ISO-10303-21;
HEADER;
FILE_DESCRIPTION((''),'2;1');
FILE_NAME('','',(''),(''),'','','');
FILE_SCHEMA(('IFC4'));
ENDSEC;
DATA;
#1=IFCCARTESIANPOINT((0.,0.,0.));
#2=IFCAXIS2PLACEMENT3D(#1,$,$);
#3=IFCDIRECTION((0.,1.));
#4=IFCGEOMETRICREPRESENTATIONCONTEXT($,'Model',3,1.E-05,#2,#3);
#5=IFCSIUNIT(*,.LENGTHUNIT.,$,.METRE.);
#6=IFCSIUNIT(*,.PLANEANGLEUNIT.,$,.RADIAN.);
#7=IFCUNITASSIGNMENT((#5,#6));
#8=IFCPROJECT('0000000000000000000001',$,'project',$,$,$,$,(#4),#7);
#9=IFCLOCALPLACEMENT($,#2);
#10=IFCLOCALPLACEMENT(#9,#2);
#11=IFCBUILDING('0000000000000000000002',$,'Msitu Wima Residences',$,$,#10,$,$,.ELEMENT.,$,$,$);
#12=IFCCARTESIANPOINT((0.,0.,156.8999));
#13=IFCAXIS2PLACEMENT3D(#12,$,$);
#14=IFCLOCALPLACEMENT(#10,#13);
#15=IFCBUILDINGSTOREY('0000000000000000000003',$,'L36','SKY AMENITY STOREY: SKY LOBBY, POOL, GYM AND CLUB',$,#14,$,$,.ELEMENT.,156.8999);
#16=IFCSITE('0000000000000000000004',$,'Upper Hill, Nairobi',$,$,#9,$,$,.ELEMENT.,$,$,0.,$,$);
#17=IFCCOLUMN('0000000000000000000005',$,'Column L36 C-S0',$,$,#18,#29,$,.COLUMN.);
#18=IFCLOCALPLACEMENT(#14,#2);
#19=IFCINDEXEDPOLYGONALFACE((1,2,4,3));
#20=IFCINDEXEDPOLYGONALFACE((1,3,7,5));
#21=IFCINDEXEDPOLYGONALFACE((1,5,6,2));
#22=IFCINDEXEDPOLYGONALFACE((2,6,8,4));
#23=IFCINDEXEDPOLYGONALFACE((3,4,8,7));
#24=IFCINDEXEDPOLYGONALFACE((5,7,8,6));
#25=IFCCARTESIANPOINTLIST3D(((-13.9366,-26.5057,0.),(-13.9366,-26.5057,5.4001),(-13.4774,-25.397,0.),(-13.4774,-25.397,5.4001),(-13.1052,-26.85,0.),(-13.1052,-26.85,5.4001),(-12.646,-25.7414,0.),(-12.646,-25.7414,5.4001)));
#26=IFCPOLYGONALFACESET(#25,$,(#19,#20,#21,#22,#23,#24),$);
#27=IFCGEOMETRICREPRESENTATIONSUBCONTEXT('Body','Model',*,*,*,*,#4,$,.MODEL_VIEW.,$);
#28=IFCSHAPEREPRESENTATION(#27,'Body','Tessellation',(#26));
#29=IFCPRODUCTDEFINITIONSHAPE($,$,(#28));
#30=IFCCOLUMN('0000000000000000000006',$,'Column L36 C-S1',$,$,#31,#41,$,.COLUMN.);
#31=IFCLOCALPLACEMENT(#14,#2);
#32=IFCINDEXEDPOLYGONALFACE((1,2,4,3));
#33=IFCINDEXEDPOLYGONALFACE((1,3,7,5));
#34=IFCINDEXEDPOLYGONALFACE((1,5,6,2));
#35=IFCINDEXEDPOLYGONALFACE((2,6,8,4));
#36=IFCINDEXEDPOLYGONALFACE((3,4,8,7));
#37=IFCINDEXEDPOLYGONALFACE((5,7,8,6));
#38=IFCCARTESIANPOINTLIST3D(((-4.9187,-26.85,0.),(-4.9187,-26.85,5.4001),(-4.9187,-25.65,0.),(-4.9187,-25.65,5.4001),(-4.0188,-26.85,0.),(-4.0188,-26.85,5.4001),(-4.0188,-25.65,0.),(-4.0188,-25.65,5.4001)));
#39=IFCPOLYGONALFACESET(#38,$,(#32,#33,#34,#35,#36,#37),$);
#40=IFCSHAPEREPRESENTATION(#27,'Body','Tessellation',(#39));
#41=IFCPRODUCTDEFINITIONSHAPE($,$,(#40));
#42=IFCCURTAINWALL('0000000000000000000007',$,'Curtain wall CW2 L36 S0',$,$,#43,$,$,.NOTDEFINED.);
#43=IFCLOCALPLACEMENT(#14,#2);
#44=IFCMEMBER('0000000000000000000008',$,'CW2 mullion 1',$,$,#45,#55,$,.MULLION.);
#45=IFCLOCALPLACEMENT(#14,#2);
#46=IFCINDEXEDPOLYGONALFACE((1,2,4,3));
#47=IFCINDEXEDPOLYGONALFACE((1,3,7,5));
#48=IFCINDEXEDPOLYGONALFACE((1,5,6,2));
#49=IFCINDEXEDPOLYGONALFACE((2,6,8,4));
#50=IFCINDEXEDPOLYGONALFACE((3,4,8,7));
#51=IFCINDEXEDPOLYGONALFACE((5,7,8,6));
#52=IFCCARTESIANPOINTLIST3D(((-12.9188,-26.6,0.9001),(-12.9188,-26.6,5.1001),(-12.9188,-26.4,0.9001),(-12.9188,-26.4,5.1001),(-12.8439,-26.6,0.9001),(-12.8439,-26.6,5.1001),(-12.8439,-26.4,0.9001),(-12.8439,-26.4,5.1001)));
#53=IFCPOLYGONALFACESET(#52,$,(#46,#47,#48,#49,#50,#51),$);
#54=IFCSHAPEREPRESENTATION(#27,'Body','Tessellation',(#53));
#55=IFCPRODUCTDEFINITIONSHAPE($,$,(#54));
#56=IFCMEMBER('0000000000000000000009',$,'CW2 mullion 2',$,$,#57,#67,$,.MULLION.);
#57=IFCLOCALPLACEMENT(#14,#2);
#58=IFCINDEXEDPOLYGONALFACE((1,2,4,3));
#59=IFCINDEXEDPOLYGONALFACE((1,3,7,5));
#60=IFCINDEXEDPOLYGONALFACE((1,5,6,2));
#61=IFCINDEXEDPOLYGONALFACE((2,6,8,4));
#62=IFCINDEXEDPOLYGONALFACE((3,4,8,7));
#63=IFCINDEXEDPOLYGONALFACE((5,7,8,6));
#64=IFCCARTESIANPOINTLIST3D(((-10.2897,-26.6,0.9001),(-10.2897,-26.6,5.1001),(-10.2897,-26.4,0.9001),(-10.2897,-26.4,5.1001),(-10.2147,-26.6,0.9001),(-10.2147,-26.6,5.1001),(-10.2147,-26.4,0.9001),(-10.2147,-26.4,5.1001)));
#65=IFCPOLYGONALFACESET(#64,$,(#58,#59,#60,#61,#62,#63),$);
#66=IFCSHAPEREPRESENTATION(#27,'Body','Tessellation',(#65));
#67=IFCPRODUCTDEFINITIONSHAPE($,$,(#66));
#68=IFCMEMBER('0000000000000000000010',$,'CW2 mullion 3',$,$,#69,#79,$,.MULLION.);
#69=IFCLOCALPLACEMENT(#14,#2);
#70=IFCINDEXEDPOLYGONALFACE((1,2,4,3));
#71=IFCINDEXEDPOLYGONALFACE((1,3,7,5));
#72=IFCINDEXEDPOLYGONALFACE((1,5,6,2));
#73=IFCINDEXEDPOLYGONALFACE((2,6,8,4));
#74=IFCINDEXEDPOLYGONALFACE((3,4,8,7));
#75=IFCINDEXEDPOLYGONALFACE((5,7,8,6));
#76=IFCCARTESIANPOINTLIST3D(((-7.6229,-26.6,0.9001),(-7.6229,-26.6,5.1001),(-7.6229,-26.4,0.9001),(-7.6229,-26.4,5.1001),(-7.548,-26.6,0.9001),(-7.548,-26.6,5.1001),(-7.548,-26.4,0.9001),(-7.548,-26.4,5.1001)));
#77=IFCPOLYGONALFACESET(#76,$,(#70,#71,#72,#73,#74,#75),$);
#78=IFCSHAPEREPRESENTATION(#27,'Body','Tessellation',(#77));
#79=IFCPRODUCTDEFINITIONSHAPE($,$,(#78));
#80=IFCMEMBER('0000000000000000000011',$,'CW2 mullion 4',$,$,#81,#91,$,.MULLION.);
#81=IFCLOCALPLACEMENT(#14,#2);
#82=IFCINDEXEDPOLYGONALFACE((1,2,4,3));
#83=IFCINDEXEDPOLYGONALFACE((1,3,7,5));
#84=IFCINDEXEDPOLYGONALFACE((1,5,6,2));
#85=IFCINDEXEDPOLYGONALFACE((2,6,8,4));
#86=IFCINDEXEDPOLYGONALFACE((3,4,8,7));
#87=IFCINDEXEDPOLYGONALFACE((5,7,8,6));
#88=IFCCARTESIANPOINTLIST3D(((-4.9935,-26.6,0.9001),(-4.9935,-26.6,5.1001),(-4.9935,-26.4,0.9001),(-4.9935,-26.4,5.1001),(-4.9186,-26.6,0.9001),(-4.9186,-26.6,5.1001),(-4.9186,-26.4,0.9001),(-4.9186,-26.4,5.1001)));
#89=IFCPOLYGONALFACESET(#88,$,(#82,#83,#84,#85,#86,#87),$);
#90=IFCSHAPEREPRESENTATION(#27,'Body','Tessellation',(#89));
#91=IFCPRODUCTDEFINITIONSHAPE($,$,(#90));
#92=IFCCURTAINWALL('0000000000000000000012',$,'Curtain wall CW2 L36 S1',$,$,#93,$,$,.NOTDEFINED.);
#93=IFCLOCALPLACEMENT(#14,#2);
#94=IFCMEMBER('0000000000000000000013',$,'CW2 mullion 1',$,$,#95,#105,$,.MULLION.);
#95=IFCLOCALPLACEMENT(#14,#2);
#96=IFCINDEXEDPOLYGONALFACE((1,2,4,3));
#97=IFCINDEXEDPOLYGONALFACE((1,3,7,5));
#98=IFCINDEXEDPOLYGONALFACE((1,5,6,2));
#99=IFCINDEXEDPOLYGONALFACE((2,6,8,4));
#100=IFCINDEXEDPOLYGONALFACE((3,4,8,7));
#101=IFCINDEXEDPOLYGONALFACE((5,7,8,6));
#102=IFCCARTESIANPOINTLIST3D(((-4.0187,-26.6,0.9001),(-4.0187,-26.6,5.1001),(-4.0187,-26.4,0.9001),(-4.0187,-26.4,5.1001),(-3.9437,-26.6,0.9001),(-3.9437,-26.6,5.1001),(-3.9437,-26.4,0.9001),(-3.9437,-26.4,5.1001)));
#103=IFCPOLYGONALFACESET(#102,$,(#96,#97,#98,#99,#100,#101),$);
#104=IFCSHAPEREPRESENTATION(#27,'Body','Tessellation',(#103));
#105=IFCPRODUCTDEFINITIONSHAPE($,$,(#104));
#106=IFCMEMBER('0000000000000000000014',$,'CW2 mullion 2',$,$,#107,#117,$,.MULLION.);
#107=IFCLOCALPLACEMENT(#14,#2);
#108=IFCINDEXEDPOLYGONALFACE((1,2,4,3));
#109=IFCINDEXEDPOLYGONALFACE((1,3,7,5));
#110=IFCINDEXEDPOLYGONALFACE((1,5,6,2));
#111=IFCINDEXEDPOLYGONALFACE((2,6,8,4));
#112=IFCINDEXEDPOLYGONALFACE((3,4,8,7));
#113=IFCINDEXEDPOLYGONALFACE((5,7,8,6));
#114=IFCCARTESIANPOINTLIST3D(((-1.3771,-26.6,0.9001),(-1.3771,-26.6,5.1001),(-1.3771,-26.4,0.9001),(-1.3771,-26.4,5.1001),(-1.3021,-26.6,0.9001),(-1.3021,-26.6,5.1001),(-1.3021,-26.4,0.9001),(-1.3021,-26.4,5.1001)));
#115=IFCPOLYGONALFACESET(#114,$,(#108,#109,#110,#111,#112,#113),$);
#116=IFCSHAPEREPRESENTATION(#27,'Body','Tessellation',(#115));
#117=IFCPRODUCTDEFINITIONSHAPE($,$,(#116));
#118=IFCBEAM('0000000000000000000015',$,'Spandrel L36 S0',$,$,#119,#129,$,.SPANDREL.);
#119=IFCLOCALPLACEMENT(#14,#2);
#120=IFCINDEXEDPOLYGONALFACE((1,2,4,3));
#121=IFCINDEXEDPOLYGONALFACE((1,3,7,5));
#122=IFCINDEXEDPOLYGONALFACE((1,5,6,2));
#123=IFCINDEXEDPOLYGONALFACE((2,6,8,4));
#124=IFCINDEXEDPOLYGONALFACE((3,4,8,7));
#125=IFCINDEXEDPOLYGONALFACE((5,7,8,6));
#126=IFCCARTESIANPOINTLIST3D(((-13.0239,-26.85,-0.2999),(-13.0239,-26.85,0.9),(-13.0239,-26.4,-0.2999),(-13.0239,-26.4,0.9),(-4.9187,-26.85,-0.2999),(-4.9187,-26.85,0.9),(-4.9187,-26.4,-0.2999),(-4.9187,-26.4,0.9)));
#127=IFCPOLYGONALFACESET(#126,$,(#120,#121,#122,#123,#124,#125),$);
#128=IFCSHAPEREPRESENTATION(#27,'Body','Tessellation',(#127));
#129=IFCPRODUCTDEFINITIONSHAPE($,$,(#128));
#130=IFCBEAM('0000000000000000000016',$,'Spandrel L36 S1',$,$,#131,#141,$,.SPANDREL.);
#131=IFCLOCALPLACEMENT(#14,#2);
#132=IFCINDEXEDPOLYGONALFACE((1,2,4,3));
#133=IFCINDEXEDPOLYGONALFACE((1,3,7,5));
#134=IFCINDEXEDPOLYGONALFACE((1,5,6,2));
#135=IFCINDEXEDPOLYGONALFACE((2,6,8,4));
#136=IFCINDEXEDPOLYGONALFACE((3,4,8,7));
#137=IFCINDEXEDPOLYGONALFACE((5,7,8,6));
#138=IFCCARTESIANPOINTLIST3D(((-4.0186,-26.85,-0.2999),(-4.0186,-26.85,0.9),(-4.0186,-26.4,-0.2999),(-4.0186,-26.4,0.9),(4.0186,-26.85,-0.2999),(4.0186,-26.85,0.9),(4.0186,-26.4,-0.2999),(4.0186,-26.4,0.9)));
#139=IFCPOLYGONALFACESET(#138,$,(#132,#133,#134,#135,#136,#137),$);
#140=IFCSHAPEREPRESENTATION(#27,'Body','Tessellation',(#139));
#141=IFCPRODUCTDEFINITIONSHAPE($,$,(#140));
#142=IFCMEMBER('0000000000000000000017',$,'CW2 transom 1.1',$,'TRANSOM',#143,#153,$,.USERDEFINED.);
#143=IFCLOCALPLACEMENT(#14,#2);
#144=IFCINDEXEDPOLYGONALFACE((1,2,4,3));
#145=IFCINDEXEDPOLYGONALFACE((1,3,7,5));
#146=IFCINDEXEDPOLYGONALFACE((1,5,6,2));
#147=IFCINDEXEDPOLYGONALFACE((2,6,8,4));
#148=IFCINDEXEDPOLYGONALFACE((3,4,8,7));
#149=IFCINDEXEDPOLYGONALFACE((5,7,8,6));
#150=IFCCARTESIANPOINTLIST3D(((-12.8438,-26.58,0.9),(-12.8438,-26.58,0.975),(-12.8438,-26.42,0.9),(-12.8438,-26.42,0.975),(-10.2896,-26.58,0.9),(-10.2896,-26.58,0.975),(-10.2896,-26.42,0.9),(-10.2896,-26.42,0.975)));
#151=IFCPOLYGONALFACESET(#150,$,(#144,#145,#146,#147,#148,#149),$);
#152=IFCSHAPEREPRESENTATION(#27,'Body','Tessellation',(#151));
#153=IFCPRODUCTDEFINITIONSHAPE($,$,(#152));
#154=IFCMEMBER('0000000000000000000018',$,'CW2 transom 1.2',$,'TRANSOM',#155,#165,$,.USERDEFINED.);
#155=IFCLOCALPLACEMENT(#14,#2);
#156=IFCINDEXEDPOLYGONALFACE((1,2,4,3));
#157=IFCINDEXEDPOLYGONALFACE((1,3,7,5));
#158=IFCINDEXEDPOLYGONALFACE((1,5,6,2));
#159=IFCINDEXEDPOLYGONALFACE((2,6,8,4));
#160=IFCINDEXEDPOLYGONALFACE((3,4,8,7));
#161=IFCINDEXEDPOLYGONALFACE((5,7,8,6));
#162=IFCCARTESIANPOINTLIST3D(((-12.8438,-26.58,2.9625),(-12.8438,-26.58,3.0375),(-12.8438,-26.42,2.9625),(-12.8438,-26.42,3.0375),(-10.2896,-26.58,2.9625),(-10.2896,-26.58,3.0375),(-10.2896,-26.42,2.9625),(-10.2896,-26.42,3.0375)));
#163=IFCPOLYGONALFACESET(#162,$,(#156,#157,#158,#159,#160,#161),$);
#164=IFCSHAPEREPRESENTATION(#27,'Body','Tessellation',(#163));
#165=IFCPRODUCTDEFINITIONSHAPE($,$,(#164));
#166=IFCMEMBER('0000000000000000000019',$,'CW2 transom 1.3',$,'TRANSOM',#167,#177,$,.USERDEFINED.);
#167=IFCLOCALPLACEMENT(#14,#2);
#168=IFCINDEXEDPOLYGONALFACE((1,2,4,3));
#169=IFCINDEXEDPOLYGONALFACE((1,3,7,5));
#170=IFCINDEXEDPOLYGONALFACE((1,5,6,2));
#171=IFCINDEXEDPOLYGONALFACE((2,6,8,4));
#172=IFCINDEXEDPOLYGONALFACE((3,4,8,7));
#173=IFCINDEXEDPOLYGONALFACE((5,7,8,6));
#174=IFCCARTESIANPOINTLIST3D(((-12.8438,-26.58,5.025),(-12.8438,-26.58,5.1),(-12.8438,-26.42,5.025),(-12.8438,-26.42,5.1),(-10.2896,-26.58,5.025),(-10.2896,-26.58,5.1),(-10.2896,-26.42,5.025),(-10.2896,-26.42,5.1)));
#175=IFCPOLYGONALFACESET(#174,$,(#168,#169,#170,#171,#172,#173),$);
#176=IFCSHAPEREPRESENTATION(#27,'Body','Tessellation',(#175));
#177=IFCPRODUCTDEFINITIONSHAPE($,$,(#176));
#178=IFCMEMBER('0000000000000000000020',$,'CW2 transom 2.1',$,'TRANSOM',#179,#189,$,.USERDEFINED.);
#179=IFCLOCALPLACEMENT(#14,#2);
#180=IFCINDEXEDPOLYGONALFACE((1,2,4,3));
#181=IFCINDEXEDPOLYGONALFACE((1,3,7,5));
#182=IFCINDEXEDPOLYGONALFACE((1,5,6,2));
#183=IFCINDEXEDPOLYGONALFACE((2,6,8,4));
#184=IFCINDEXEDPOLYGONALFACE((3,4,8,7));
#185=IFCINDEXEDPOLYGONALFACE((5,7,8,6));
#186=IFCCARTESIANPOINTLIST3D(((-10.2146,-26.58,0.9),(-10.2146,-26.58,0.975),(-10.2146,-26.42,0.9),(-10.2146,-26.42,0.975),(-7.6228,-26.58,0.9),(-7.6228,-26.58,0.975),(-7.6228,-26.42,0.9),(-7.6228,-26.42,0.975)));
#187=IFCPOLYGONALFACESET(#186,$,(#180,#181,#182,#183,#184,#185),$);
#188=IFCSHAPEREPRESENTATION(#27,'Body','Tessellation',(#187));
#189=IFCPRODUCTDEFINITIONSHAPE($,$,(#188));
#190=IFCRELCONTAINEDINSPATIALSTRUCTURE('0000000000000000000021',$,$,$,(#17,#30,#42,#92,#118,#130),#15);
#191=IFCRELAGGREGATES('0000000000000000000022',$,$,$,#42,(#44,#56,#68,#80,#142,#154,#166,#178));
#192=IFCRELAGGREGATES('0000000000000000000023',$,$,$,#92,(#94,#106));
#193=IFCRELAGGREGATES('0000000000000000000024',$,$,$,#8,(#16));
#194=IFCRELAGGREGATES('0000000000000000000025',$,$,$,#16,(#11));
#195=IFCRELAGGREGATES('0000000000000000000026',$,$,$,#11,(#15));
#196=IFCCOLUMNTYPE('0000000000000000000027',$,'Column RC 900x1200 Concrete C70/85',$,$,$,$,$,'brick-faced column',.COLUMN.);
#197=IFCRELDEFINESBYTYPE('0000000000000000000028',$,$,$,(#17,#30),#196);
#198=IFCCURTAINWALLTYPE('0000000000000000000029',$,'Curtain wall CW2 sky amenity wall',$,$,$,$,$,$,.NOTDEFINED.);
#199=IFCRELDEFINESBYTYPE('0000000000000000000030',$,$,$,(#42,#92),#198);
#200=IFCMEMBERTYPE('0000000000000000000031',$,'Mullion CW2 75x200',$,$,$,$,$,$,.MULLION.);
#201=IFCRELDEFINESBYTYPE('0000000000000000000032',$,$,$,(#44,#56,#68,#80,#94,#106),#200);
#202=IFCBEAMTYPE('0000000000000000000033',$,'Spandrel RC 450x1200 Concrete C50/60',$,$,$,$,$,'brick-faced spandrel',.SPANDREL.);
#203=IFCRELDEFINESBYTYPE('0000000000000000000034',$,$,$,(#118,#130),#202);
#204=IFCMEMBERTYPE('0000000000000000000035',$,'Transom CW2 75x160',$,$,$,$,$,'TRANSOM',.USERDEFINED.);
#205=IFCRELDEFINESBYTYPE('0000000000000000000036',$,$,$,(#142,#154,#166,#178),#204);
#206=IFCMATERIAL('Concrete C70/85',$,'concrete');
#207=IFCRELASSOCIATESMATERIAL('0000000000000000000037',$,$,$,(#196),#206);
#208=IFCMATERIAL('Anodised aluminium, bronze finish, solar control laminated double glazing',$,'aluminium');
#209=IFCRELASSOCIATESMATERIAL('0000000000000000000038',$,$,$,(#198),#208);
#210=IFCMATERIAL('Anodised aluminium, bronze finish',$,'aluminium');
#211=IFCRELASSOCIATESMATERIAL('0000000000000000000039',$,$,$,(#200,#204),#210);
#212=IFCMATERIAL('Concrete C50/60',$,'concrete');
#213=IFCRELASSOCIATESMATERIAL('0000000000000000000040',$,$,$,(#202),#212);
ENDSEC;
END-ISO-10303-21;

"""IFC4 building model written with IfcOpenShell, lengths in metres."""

from ifc_helpers import new_model, si_unit, direction, frame, origin, origin_2d, place, context, subcontext, project, spatial, rectangle, extrude, material, material_profile, profile_set, type_object, element, aggregate, save


model = new_model("IFC4")

# Units and contexts
model_context = context("Model", 3, precision=1e-05, world=origin(), true_north=direction((0.0, 1.0)))
body_context = subcontext(model_context, "Body", "Model", "MODEL_VIEW")
ifc_project = project(units=[si_unit("LENGTHUNIT", "METRE"), si_unit("PLANEANGLEUNIT", "RADIAN")], contexts=[model_context])

# Site, building, storey
site_placement = place(None, origin())
site = spatial("IfcSite", under=ifc_project, at=site_placement, Name="Upper Hill, Nairobi", CompositionType="ELEMENT", RefElevation=0.0)
building_placement = place(site_placement, origin())
building = spatial("IfcBuilding", under=site, at=building_placement, Name="Msitu Wima Residences", CompositionType="ELEMENT")
storey_placement = place(building_placement, frame((0.0, 0.0, 156.8999)))
storey = spatial("IfcBuildingStorey", under=building, at=storey_placement, Name="L36", Description="SKY AMENITY STOREY: SKY LOBBY, POOL, GYM AND CLUB", CompositionType="ELEMENT", Elevation=156.8999)

# Columns
ifc_material_1 = material(Name="Concrete C70/85", Category="concrete")
ifc_material_profile_1 = material_profile(ifc_material_1, rectangle(XDim=0.8999, YDim=1.2, at=origin_2d()), Name="RC 900x1200")
ifc_profile_set_1 = profile_set([ifc_material_profile_1], Name="Concrete C70/85")
column_type = type_object("IfcColumnType", Name="Column RC 900x1200 Concrete C70/85", ElementType="brick-faced column", PredefinedType="COLUMN", material=ifc_profile_set_1)
for number, where, z_axis, x_axis, name in (
    (1, (-13.2913, -26.1235, 0.0), (0.0, 0.0, 1.0), (0.92388, -0.382683, 0.0), "Column L36 C-S0"),
    (2, (-4.4688, -26.25, 0.0), (0.0, 0.0, 1.0), (1.0, 0.0, 0.0), "Column L36 C-S1"),
):
    element("IfcColumn", number, at=place(storey_placement, frame(where, z_axis=z_axis, x_axis=x_axis)), inside=storey, type_object=column_type, Name=name, PredefinedType="COLUMN", context=body_context, shape_type="SweptSolid", body=[
        extrude(rectangle(XDim=0.8999, YDim=1.2, at=origin_2d()), origin(), (0.0, 0.0, 1.0), 5.4001),
    ])

# Curtain walls, members
ifc_material_2 = material(Name="Anodised aluminium, bronze finish, solar control laminated double glazing", Category="aluminium")
curtain_wall_type = type_object("IfcCurtainWallType", Name="Curtain wall CW2 sky amenity wall", PredefinedType="NOTDEFINED", material=ifc_material_2)
curtain_wall_1_placement = place(storey_placement, origin())
curtain_wall_1 = element("IfcCurtainWall", 3, at=curtain_wall_1_placement, inside=storey, type_object=curtain_wall_type, Name="Curtain wall CW2 L36 S0", PredefinedType="NOTDEFINED")
ifc_material_3 = material(Name="Anodised aluminium, bronze finish", Category="aluminium")
ifc_material_profile_2 = material_profile(ifc_material_3, rectangle(XDim=0.2, YDim=0.075, at=origin_2d()), Name="Mullion 75x200")
ifc_profile_set_2 = profile_set([ifc_material_profile_2], Name="Anodised aluminium, bronze finish")
member_type_1 = type_object("IfcMemberType", Name="Mullion CW2 75x200", PredefinedType="MULLION", material=ifc_profile_set_2)
member_1_placement = place(storey_placement, frame((-12.8813, -26.5, 0.9001), z_axis=(0.0, 0.0, 1.0), x_axis=(0.0, 1.0, 0.0)))
member_1 = element("IfcMember", 4, at=member_1_placement, type_object=member_type_1, Name="CW2 mullion 1", PredefinedType="MULLION", context=body_context, shape_type="SweptSolid", body=[
    extrude(rectangle(XDim=0.2, YDim=0.075, at=origin_2d()), origin(), (0.0, 0.0, 1.0), 4.2),
])
member_2_placement = place(storey_placement, frame((-10.2522, -26.5, 0.9001), z_axis=(0.0, 0.0, 1.0), x_axis=(0.0, 1.0, 0.0)))
member_2 = element("IfcMember", 5, at=member_2_placement, type_object=member_type_1, Name="CW2 mullion 2", PredefinedType="MULLION", context=body_context, shape_type="SweptSolid", body=[
    extrude(rectangle(XDim=0.2, YDim=0.075, at=origin_2d()), origin(), (0.0, 0.0, 1.0), 4.2),
])
member_3_placement = place(storey_placement, frame((-7.5854, -26.5, 0.9001), z_axis=(0.0, 0.0, 1.0), x_axis=(0.0, 1.0, 0.0)))
member_3 = element("IfcMember", 6, at=member_3_placement, type_object=member_type_1, Name="CW2 mullion 3", PredefinedType="MULLION", context=body_context, shape_type="SweptSolid", body=[
    extrude(rectangle(XDim=0.2, YDim=0.075, at=origin_2d()), origin(), (0.0, 0.0, 1.0), 4.2),
])
member_4_placement = place(storey_placement, frame((-4.9561, -26.5, 0.9001), z_axis=(0.0, 0.0, 1.0), x_axis=(0.0, 1.0, 0.0)))
member_4 = element("IfcMember", 7, at=member_4_placement, type_object=member_type_1, Name="CW2 mullion 4", PredefinedType="MULLION", context=body_context, shape_type="SweptSolid", body=[
    extrude(rectangle(XDim=0.2, YDim=0.075, at=origin_2d()), origin(), (0.0, 0.0, 1.0), 4.2),
])
curtain_wall_2_placement = place(storey_placement, origin())
curtain_wall_2 = element("IfcCurtainWall", 8, at=curtain_wall_2_placement, inside=storey, type_object=curtain_wall_type, Name="Curtain wall CW2 L36 S1", PredefinedType="NOTDEFINED")
member_5_placement = place(storey_placement, frame((-3.9812, -26.5, 0.9001), z_axis=(0.0, 0.0, 1.0), x_axis=(0.0, 1.0, 0.0)))
member_5 = element("IfcMember", 9, at=member_5_placement, type_object=member_type_1, Name="CW2 mullion 1", PredefinedType="MULLION", context=body_context, shape_type="SweptSolid", body=[
    extrude(rectangle(XDim=0.2, YDim=0.075, at=origin_2d()), origin(), (0.0, 0.0, 1.0), 4.2),
])
member_6_placement = place(storey_placement, frame((-1.3396, -26.5, 0.9001), z_axis=(0.0, 0.0, 1.0), x_axis=(0.0, 1.0, 0.0)))
member_6 = element("IfcMember", 10, at=member_6_placement, type_object=member_type_1, Name="CW2 mullion 2", PredefinedType="MULLION", context=body_context, shape_type="SweptSolid", body=[
    extrude(rectangle(XDim=0.2, YDim=0.075, at=origin_2d()), origin(), (0.0, 0.0, 1.0), 4.2),
])

# Beams
ifc_material_4 = material(Name="Concrete C50/60", Category="concrete")
ifc_material_profile_3 = material_profile(ifc_material_4, rectangle(XDim=0.45, YDim=1.2, at=origin_2d()), Name="RC 450x1200")
ifc_profile_set_3 = profile_set([ifc_material_profile_3], Name="Concrete C50/60")
beam_type = type_object("IfcBeamType", Name="Spandrel RC 450x1200 Concrete C50/60", ElementType="brick-faced spandrel", PredefinedType="SPANDREL", material=ifc_profile_set_3)
beam_1_placement = place(storey_placement, frame((-13.0239, -26.625, 0.3), z_axis=(1.0, 0.0, 0.0), x_axis=(0.0, 1.0, 0.0)))
element("IfcBeam", 11, at=beam_1_placement, inside=storey, type_object=beam_type, Name="Spandrel L36 S0", PredefinedType="SPANDREL", context=body_context, shape_type="SweptSolid", body=[
    extrude(rectangle(XDim=0.45, YDim=1.2, at=origin_2d()), origin(), (0.0, 0.0, 1.0), 8.1052),
])
beam_2_placement = place(storey_placement, frame((-4.0186, -26.625, 0.3), z_axis=(1.0, 0.0, 0.0), x_axis=(0.0, 1.0, 0.0)))
element("IfcBeam", 12, at=beam_2_placement, inside=storey, type_object=beam_type, Name="Spandrel L36 S1", PredefinedType="SPANDREL", context=body_context, shape_type="SweptSolid", body=[
    extrude(rectangle(XDim=0.45, YDim=1.2, at=origin_2d()), origin(), (0.0, 0.0, 1.0), 8.0371),
])

# Members
ifc_material_profile_4 = material_profile(ifc_material_3, rectangle(XDim=0.1599, YDim=0.075, at=origin_2d()), Name="Transom 75x160")
ifc_profile_set_4 = profile_set([ifc_material_profile_4], Name="Anodised aluminium, bronze finish")
member_type_2 = type_object("IfcMemberType", Name="Transom CW2 75x160", ElementType="TRANSOM", PredefinedType="USERDEFINED", material=ifc_profile_set_4)
member_7_placement = place(storey_placement, frame((-12.8438, -26.5, 0.9375), z_axis=(1.0, 0.0, 0.0), x_axis=(0.0, 1.0, 0.0)))
member_7 = element("IfcMember", 13, at=member_7_placement, type_object=member_type_2, Name="CW2 transom 1.1", ObjectType="TRANSOM", PredefinedType="USERDEFINED", context=body_context, shape_type="SweptSolid", body=[
    extrude(rectangle(XDim=0.1599, YDim=0.075, at=origin_2d()), origin(), (0.0, 0.0, 1.0), 2.5542),
])
member_8_placement = place(storey_placement, frame((-12.8438, -26.5, 3.0), z_axis=(1.0, 0.0, 0.0), x_axis=(0.0, 1.0, 0.0)))
member_8 = element("IfcMember", 14, at=member_8_placement, type_object=member_type_2, Name="CW2 transom 1.2", ObjectType="TRANSOM", PredefinedType="USERDEFINED", context=body_context, shape_type="SweptSolid", body=[
    extrude(rectangle(XDim=0.1599, YDim=0.075, at=origin_2d()), origin(), (0.0, 0.0, 1.0), 2.5542),
])
member_9_placement = place(storey_placement, frame((-12.8438, -26.5, 5.0625), z_axis=(1.0, 0.0, 0.0), x_axis=(0.0, 1.0, 0.0)))
member_9 = element("IfcMember", 15, at=member_9_placement, type_object=member_type_2, Name="CW2 transom 1.3", ObjectType="TRANSOM", PredefinedType="USERDEFINED", context=body_context, shape_type="SweptSolid", body=[
    extrude(rectangle(XDim=0.1599, YDim=0.075, at=origin_2d()), origin(), (0.0, 0.0, 1.0), 2.5542),
])
member_10_placement = place(storey_placement, frame((-10.2146, -26.5, 0.9375), z_axis=(1.0, 0.0, 0.0), x_axis=(0.0, 1.0, 0.0)))
member_10 = element("IfcMember", 16, at=member_10_placement, type_object=member_type_2, Name="CW2 transom 2.1", ObjectType="TRANSOM", PredefinedType="USERDEFINED", context=body_context, shape_type="SweptSolid", body=[
    extrude(rectangle(XDim=0.1599, YDim=0.075, at=origin_2d()), origin(), (0.0, 0.0, 1.0), 2.5918),
])

aggregate(curtain_wall_1, [member_1, member_2, member_3, member_4, member_7, member_8, member_9, member_10])
aggregate(curtain_wall_2, [member_5, member_6])

save(model, "model.ifc")
